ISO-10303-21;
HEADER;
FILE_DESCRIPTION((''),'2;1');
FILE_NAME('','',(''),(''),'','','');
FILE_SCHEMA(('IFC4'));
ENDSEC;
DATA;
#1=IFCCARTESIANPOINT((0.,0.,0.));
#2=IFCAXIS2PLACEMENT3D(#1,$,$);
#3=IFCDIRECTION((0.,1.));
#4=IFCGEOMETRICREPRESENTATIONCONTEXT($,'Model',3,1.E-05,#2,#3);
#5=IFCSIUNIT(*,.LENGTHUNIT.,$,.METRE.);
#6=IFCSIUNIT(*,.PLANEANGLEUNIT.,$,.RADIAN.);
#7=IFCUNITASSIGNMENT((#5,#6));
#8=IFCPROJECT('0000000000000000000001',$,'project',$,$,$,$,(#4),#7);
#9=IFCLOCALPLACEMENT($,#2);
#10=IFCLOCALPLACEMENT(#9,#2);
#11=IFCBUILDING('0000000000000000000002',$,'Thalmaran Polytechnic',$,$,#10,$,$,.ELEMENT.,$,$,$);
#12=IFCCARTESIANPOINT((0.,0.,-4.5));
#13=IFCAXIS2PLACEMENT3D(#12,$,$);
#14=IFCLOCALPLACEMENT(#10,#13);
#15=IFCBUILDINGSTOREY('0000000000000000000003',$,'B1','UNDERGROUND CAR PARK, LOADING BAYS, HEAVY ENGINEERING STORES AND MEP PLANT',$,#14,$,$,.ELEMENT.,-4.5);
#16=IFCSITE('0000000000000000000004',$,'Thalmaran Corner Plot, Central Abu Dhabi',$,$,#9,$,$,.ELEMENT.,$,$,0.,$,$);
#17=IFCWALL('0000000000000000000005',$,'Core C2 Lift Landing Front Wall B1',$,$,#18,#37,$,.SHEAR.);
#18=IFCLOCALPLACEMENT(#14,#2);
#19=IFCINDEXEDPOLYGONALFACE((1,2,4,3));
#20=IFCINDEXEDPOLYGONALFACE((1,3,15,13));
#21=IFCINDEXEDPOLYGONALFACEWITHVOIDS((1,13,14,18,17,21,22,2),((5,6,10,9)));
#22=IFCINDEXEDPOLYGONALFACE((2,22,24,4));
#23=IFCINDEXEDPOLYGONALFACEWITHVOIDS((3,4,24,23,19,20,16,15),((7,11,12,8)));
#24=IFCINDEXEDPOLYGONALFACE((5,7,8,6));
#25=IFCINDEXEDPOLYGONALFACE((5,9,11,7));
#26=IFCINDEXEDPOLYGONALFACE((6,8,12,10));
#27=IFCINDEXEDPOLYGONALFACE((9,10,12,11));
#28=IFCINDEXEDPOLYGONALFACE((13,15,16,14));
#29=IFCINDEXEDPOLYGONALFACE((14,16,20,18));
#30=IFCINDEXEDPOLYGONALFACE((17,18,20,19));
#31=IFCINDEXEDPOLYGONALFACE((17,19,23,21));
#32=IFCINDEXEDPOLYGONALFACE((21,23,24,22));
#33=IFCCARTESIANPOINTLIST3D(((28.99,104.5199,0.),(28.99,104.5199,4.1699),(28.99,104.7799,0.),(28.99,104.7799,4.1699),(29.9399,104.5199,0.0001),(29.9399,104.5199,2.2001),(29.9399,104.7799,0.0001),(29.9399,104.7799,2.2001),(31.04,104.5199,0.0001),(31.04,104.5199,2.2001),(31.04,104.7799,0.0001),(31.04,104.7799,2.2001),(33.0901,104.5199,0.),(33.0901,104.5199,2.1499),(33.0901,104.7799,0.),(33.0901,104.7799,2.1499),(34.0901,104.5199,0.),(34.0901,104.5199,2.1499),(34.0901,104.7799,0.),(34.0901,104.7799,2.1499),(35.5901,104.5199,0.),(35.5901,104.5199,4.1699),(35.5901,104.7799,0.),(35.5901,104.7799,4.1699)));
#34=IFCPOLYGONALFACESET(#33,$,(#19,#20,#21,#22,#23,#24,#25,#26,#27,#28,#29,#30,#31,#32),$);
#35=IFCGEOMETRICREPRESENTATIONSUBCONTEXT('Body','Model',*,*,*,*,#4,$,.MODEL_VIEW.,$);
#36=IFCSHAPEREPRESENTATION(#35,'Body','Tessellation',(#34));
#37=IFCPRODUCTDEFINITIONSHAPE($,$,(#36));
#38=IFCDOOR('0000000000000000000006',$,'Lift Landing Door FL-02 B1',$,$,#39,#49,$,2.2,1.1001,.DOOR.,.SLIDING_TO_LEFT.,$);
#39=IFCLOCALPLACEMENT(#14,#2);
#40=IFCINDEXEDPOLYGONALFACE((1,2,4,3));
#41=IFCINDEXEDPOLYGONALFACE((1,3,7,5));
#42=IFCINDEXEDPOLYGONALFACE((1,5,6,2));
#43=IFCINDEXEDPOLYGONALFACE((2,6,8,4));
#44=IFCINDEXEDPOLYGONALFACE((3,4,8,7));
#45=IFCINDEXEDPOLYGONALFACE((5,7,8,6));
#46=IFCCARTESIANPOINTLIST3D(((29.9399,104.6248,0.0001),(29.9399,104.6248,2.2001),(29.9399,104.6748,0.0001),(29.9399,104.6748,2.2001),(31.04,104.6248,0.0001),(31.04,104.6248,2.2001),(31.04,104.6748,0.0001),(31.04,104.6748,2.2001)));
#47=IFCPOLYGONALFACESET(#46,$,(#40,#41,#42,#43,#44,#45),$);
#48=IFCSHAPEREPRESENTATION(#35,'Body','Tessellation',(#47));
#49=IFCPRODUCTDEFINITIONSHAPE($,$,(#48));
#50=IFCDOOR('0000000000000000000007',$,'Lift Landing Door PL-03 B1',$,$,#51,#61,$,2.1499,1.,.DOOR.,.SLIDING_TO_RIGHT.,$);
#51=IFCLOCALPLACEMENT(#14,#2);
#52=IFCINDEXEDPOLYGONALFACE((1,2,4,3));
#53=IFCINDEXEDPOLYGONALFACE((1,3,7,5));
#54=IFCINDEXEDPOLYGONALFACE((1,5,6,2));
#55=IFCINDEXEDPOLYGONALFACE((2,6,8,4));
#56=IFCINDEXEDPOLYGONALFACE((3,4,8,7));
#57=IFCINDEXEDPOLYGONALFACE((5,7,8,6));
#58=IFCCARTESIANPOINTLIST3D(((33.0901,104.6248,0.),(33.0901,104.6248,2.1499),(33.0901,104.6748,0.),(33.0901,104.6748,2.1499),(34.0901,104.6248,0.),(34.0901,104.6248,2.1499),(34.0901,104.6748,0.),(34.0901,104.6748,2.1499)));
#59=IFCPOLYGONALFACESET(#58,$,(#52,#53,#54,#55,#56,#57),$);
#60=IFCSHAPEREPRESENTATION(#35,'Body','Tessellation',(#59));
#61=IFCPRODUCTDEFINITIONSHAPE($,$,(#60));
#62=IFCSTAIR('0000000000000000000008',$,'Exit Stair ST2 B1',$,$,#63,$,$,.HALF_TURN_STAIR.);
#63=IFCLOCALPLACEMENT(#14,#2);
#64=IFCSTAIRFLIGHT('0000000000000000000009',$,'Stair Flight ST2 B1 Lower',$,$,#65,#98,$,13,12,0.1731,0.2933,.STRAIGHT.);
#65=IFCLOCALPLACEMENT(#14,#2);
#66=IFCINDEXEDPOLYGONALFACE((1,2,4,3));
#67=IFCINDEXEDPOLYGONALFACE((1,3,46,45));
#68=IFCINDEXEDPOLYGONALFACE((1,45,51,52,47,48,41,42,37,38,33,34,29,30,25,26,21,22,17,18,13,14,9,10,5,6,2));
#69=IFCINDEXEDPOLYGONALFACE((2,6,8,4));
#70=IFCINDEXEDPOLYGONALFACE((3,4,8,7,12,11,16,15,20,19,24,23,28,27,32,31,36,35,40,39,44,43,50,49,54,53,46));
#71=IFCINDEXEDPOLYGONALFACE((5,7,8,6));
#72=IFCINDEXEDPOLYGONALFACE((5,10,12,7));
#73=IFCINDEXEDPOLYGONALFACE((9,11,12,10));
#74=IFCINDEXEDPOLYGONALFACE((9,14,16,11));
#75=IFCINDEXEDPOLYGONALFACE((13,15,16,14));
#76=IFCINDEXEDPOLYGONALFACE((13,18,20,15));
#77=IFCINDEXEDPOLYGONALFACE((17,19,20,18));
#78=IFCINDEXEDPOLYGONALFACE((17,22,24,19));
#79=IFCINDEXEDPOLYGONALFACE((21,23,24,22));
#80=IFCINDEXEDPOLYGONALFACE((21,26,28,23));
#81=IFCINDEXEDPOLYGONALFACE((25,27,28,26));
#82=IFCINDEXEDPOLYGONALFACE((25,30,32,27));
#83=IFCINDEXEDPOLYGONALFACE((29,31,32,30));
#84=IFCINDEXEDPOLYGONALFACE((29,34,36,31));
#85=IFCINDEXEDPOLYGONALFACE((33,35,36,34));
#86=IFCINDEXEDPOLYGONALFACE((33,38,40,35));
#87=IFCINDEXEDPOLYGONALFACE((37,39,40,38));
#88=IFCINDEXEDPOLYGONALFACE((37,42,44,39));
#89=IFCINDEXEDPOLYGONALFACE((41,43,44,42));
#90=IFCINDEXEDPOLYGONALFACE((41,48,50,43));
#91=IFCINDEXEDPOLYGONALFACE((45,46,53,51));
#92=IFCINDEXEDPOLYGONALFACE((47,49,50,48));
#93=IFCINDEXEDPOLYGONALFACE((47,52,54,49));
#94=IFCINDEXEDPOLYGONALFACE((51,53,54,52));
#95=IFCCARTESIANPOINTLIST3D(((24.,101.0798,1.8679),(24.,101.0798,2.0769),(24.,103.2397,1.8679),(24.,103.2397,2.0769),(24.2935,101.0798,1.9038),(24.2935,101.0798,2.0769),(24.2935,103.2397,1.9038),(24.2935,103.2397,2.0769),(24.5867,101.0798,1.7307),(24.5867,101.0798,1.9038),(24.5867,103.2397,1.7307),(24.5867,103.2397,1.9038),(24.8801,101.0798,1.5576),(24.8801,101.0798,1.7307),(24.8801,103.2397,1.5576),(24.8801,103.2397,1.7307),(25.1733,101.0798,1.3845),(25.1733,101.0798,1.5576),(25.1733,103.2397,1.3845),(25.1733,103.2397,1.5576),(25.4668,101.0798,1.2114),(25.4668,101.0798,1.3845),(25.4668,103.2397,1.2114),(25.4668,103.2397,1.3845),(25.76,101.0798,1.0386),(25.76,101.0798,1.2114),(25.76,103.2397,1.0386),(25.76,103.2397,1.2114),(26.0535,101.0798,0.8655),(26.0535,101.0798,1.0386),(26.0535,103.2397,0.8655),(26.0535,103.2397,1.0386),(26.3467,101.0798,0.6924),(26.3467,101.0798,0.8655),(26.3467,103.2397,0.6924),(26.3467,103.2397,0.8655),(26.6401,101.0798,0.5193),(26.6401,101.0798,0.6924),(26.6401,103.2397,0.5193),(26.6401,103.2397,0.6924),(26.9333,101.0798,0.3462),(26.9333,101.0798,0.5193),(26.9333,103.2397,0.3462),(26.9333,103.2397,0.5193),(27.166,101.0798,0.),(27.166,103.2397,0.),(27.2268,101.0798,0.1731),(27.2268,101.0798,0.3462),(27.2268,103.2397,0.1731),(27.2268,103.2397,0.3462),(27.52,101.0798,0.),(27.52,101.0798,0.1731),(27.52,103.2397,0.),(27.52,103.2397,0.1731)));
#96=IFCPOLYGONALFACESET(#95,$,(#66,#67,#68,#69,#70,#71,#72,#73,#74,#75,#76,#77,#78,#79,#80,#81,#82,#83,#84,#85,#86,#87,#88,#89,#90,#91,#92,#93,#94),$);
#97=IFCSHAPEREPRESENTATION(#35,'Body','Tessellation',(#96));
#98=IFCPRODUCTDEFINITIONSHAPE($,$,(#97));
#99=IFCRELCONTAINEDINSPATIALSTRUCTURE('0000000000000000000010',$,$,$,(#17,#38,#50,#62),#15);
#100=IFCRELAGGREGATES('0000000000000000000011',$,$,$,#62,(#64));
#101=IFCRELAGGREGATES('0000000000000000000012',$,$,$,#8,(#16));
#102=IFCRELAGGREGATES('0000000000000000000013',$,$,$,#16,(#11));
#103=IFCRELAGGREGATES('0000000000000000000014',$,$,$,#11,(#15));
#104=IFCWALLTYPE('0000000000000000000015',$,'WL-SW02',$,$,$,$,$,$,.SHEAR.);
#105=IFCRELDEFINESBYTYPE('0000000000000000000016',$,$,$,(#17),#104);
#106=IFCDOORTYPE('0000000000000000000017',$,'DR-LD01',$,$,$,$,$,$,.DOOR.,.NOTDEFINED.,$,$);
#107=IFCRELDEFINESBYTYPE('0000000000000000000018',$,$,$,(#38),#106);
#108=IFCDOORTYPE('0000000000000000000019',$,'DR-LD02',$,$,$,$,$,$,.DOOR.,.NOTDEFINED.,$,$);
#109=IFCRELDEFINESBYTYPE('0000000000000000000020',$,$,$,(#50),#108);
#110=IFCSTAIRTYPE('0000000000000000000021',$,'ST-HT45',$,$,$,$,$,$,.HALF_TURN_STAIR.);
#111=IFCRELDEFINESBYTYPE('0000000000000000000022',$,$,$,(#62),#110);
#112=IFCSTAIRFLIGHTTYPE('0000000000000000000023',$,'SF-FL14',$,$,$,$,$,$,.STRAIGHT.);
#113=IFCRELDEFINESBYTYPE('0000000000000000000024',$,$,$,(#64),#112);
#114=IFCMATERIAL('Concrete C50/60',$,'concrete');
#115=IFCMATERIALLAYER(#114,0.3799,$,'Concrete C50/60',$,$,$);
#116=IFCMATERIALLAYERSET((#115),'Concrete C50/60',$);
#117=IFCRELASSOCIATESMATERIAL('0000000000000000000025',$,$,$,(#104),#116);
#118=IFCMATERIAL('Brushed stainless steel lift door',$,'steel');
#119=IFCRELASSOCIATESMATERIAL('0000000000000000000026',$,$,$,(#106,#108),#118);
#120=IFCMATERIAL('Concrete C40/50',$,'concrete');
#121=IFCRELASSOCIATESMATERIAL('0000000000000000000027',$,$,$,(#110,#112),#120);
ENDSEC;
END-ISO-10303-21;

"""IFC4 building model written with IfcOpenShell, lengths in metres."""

from ifc_helpers import new_model, si_unit, direction, frame, frame_2d, origin, place, context, subcontext, project, spatial, polyline, rectangle, outline, extrude, material, layer, layer_set, type_object, element, fill, aggregate, save


model = new_model("IFC4")

# Units and contexts
model_context = context("Model", 3, precision=1e-05, world=origin(), true_north=direction((0.0, 1.0)))
body_context = subcontext(model_context, "Body", "Model", "MODEL_VIEW")
ifc_project = project(units=[si_unit("LENGTHUNIT", "METRE"), si_unit("PLANEANGLEUNIT", "RADIAN")], contexts=[model_context])

# Site, building, storey
site_placement = place(None, origin())
site = spatial("IfcSite", under=ifc_project, at=site_placement, Name="Thalmaran Corner Plot, Central Abu Dhabi", CompositionType="ELEMENT", RefElevation=0.0)
building_placement = place(site_placement, origin())
building = spatial("IfcBuilding", under=site, at=building_placement, Name="Thalmaran Polytechnic", CompositionType="ELEMENT")
storey_placement = place(building_placement, frame((0.0, 0.0, -4.5)))
storey = spatial("IfcBuildingStorey", under=building, at=storey_placement, Name="B1", Description="UNDERGROUND CAR PARK, LOADING BAYS, HEAVY ENGINEERING STORES AND MEP PLANT", CompositionType="ELEMENT", Elevation=-4.5)

# Shared definitions
ifc_material_1 = material(Name="Concrete C40/50", Category="concrete")

# Shared definitions
ifc_material_2 = material(Name="Concrete C50/60", Category="concrete")

# Shared definitions
ifc_layer_1 = layer(ifc_material_2, 0.3799, Name="Concrete C50/60")
ifc_layer_set_1 = layer_set([ifc_layer_1], Name="Concrete C50/60")
wall_type_1 = type_object("IfcWallType", Name="WL-SW02", PredefinedType="SHEAR", material=ifc_layer_set_1)

# Wall, openings, doors
wall_1_placement = place(storey_placement, frame((28.99, 104.6499, 0.0), z_axis=(0.0, 0.0, 1.0), x_axis=(1.0, 0.0, 0.0)))
wall_1 = element("IfcWall", 1, at=wall_1_placement, inside=storey, type_object=wall_type_1, Name="Core C2 Lift Landing Front Wall B1", PredefinedType="SHEAR", context=body_context, shape_type="SweptSolid", body=[
    extrude(rectangle(XDim=6.6001, YDim=0.26, at=frame_2d((3.3, 0.0))), origin(), (0.0, 0.0, 1.0), 4.1699),
])
opening_1_placement = place(wall_1_placement, frame((0.95, 0.0, 0.0)))
opening_1 = element("IfcOpeningElement", 2, at=opening_1_placement, cuts=wall_1, PredefinedType="OPENING", context=body_context, shape_type="SweptSolid", body=[
    extrude(rectangle(XDim=1.1001, YDim=2.2, at=frame_2d((0.55, 1.1001))), frame((0.0, 0.1399, 0.0), z_axis=(0.0, -1.0, 0.0), x_axis=(1.0, 0.0, 0.0)), (0.0, 0.0, 1.0), 0.28),
])
opening_2_placement = place(wall_1_placement, frame((4.1001, 0.0, 0.0)))
opening_2 = element("IfcOpeningElement", 3, at=opening_2_placement, cuts=wall_1, PredefinedType="OPENING", context=body_context, shape_type="SweptSolid", body=[
    extrude(rectangle(XDim=1.0, YDim=2.1499, at=frame_2d((0.5, 1.075))), frame((0.0, 0.1399, 0.0), z_axis=(0.0, -1.0, 0.0), x_axis=(1.0, 0.0, 0.0)), (0.0, 0.0, 1.0), 0.28),
])
ifc_material_3 = material(Name="Brushed stainless steel lift door", Category="steel")
door_type_1 = type_object("IfcDoorType", Name="DR-LD01", OperationType="NOTDEFINED", PredefinedType="DOOR", material=ifc_material_3)
door_1_placement = place(opening_1_placement, origin())
door_1 = element("IfcDoor", 4, at=door_1_placement, inside=storey, type_object=door_type_1, Name="Lift Landing Door FL-02 B1", OperationType="SLIDING_TO_LEFT", OverallHeight=2.2, OverallWidth=1.1001, PredefinedType="DOOR", context=body_context, shape_type="SweptSolid", body=[
    extrude(rectangle(XDim=1.1001, YDim=2.2, at=frame_2d((0.55, 1.1001))), frame((0.0, 0.0249, 0.0), z_axis=(0.0, -1.0, 0.0), x_axis=(1.0, 0.0, 0.0)), (0.0, 0.0, 1.0), 0.05),
])
fill(opening_1, door_1)
door_type_2 = type_object("IfcDoorType", Name="DR-LD02", OperationType="NOTDEFINED", PredefinedType="DOOR", material=ifc_material_3)
door_2_placement = place(opening_2_placement, origin())
door_2 = element("IfcDoor", 5, at=door_2_placement, inside=storey, type_object=door_type_2, Name="Lift Landing Door PL-03 B1", OperationType="SLIDING_TO_RIGHT", OverallHeight=2.1499, OverallWidth=1.0, PredefinedType="DOOR", context=body_context, shape_type="SweptSolid", body=[
    extrude(rectangle(XDim=1.0, YDim=2.1499, at=frame_2d((0.5, 1.075))), frame((0.0, 0.0249, 0.0), z_axis=(0.0, -1.0, 0.0), x_axis=(1.0, 0.0, 0.0)), (0.0, 0.0, 1.0), 0.05),
])
fill(opening_2, door_2)

# Stair, stair flight
stair_type = type_object("IfcStairType", Name="ST-HT45", PredefinedType="HALF_TURN_STAIR", material=ifc_material_1)
stair_placement = place(storey_placement, origin())
stair = element("IfcStair", 6, at=stair_placement, inside=storey, type_object=stair_type, Name="Exit Stair ST2 B1", PredefinedType="HALF_TURN_STAIR")
stair_flight_type = type_object("IfcStairFlightType", Name="SF-FL14", PredefinedType="STRAIGHT", material=ifc_material_1)
stair_flight_placement = place(storey_placement, frame((27.52, 102.1599, 0.0), z_axis=(0.0, 0.0, 1.0), x_axis=(-1.0, 0.0, 0.0)))
stair_flight = element("IfcStairFlight", 7, at=stair_flight_placement, type_object=stair_flight_type, Name="Stair Flight ST2 B1 Lower", NumberOfRisers=13, NumberOfTreads=12, PredefinedType="STRAIGHT", RiserHeight=0.1731, TreadLength=0.2933, context=body_context, shape_type="SweptSolid", body=[
    extrude(outline(polyline([(0.0, 0.0), (0.0, 0.1731), (0.2932, 0.1731), (0.2932, 0.3462), (0.5867, 0.3462), (0.5867, 0.5193), (0.8799, 0.5193), (0.8799, 0.6924), (1.1733, 0.6924), (1.1733, 0.8655), (1.4666, 0.8655), (1.4666, 1.0386), (1.76, 1.0386), (1.76, 1.2114), (2.0532, 1.2114), (2.0532, 1.3845), (2.3467, 1.3845), (2.3467, 1.5576), (2.6399, 1.5576), (2.6399, 1.7307), (2.9333, 1.7307), (2.9333, 1.9038), (3.2266, 1.9038), (3.2266, 2.0769), (3.52, 2.0769), (3.52, 2.25), (3.52, 1.8679), (0.354, 0.0), (0.0, 0.0)])), frame((0.0, 1.0801, 0.0), z_axis=(0.0, -1.0, 0.0), x_axis=(1.0, 0.0, 0.0)), (0.0, 0.0, 1.0), 2.1599),
])
aggregate(stair, [stair_flight])

save(model, "model.ifc")
